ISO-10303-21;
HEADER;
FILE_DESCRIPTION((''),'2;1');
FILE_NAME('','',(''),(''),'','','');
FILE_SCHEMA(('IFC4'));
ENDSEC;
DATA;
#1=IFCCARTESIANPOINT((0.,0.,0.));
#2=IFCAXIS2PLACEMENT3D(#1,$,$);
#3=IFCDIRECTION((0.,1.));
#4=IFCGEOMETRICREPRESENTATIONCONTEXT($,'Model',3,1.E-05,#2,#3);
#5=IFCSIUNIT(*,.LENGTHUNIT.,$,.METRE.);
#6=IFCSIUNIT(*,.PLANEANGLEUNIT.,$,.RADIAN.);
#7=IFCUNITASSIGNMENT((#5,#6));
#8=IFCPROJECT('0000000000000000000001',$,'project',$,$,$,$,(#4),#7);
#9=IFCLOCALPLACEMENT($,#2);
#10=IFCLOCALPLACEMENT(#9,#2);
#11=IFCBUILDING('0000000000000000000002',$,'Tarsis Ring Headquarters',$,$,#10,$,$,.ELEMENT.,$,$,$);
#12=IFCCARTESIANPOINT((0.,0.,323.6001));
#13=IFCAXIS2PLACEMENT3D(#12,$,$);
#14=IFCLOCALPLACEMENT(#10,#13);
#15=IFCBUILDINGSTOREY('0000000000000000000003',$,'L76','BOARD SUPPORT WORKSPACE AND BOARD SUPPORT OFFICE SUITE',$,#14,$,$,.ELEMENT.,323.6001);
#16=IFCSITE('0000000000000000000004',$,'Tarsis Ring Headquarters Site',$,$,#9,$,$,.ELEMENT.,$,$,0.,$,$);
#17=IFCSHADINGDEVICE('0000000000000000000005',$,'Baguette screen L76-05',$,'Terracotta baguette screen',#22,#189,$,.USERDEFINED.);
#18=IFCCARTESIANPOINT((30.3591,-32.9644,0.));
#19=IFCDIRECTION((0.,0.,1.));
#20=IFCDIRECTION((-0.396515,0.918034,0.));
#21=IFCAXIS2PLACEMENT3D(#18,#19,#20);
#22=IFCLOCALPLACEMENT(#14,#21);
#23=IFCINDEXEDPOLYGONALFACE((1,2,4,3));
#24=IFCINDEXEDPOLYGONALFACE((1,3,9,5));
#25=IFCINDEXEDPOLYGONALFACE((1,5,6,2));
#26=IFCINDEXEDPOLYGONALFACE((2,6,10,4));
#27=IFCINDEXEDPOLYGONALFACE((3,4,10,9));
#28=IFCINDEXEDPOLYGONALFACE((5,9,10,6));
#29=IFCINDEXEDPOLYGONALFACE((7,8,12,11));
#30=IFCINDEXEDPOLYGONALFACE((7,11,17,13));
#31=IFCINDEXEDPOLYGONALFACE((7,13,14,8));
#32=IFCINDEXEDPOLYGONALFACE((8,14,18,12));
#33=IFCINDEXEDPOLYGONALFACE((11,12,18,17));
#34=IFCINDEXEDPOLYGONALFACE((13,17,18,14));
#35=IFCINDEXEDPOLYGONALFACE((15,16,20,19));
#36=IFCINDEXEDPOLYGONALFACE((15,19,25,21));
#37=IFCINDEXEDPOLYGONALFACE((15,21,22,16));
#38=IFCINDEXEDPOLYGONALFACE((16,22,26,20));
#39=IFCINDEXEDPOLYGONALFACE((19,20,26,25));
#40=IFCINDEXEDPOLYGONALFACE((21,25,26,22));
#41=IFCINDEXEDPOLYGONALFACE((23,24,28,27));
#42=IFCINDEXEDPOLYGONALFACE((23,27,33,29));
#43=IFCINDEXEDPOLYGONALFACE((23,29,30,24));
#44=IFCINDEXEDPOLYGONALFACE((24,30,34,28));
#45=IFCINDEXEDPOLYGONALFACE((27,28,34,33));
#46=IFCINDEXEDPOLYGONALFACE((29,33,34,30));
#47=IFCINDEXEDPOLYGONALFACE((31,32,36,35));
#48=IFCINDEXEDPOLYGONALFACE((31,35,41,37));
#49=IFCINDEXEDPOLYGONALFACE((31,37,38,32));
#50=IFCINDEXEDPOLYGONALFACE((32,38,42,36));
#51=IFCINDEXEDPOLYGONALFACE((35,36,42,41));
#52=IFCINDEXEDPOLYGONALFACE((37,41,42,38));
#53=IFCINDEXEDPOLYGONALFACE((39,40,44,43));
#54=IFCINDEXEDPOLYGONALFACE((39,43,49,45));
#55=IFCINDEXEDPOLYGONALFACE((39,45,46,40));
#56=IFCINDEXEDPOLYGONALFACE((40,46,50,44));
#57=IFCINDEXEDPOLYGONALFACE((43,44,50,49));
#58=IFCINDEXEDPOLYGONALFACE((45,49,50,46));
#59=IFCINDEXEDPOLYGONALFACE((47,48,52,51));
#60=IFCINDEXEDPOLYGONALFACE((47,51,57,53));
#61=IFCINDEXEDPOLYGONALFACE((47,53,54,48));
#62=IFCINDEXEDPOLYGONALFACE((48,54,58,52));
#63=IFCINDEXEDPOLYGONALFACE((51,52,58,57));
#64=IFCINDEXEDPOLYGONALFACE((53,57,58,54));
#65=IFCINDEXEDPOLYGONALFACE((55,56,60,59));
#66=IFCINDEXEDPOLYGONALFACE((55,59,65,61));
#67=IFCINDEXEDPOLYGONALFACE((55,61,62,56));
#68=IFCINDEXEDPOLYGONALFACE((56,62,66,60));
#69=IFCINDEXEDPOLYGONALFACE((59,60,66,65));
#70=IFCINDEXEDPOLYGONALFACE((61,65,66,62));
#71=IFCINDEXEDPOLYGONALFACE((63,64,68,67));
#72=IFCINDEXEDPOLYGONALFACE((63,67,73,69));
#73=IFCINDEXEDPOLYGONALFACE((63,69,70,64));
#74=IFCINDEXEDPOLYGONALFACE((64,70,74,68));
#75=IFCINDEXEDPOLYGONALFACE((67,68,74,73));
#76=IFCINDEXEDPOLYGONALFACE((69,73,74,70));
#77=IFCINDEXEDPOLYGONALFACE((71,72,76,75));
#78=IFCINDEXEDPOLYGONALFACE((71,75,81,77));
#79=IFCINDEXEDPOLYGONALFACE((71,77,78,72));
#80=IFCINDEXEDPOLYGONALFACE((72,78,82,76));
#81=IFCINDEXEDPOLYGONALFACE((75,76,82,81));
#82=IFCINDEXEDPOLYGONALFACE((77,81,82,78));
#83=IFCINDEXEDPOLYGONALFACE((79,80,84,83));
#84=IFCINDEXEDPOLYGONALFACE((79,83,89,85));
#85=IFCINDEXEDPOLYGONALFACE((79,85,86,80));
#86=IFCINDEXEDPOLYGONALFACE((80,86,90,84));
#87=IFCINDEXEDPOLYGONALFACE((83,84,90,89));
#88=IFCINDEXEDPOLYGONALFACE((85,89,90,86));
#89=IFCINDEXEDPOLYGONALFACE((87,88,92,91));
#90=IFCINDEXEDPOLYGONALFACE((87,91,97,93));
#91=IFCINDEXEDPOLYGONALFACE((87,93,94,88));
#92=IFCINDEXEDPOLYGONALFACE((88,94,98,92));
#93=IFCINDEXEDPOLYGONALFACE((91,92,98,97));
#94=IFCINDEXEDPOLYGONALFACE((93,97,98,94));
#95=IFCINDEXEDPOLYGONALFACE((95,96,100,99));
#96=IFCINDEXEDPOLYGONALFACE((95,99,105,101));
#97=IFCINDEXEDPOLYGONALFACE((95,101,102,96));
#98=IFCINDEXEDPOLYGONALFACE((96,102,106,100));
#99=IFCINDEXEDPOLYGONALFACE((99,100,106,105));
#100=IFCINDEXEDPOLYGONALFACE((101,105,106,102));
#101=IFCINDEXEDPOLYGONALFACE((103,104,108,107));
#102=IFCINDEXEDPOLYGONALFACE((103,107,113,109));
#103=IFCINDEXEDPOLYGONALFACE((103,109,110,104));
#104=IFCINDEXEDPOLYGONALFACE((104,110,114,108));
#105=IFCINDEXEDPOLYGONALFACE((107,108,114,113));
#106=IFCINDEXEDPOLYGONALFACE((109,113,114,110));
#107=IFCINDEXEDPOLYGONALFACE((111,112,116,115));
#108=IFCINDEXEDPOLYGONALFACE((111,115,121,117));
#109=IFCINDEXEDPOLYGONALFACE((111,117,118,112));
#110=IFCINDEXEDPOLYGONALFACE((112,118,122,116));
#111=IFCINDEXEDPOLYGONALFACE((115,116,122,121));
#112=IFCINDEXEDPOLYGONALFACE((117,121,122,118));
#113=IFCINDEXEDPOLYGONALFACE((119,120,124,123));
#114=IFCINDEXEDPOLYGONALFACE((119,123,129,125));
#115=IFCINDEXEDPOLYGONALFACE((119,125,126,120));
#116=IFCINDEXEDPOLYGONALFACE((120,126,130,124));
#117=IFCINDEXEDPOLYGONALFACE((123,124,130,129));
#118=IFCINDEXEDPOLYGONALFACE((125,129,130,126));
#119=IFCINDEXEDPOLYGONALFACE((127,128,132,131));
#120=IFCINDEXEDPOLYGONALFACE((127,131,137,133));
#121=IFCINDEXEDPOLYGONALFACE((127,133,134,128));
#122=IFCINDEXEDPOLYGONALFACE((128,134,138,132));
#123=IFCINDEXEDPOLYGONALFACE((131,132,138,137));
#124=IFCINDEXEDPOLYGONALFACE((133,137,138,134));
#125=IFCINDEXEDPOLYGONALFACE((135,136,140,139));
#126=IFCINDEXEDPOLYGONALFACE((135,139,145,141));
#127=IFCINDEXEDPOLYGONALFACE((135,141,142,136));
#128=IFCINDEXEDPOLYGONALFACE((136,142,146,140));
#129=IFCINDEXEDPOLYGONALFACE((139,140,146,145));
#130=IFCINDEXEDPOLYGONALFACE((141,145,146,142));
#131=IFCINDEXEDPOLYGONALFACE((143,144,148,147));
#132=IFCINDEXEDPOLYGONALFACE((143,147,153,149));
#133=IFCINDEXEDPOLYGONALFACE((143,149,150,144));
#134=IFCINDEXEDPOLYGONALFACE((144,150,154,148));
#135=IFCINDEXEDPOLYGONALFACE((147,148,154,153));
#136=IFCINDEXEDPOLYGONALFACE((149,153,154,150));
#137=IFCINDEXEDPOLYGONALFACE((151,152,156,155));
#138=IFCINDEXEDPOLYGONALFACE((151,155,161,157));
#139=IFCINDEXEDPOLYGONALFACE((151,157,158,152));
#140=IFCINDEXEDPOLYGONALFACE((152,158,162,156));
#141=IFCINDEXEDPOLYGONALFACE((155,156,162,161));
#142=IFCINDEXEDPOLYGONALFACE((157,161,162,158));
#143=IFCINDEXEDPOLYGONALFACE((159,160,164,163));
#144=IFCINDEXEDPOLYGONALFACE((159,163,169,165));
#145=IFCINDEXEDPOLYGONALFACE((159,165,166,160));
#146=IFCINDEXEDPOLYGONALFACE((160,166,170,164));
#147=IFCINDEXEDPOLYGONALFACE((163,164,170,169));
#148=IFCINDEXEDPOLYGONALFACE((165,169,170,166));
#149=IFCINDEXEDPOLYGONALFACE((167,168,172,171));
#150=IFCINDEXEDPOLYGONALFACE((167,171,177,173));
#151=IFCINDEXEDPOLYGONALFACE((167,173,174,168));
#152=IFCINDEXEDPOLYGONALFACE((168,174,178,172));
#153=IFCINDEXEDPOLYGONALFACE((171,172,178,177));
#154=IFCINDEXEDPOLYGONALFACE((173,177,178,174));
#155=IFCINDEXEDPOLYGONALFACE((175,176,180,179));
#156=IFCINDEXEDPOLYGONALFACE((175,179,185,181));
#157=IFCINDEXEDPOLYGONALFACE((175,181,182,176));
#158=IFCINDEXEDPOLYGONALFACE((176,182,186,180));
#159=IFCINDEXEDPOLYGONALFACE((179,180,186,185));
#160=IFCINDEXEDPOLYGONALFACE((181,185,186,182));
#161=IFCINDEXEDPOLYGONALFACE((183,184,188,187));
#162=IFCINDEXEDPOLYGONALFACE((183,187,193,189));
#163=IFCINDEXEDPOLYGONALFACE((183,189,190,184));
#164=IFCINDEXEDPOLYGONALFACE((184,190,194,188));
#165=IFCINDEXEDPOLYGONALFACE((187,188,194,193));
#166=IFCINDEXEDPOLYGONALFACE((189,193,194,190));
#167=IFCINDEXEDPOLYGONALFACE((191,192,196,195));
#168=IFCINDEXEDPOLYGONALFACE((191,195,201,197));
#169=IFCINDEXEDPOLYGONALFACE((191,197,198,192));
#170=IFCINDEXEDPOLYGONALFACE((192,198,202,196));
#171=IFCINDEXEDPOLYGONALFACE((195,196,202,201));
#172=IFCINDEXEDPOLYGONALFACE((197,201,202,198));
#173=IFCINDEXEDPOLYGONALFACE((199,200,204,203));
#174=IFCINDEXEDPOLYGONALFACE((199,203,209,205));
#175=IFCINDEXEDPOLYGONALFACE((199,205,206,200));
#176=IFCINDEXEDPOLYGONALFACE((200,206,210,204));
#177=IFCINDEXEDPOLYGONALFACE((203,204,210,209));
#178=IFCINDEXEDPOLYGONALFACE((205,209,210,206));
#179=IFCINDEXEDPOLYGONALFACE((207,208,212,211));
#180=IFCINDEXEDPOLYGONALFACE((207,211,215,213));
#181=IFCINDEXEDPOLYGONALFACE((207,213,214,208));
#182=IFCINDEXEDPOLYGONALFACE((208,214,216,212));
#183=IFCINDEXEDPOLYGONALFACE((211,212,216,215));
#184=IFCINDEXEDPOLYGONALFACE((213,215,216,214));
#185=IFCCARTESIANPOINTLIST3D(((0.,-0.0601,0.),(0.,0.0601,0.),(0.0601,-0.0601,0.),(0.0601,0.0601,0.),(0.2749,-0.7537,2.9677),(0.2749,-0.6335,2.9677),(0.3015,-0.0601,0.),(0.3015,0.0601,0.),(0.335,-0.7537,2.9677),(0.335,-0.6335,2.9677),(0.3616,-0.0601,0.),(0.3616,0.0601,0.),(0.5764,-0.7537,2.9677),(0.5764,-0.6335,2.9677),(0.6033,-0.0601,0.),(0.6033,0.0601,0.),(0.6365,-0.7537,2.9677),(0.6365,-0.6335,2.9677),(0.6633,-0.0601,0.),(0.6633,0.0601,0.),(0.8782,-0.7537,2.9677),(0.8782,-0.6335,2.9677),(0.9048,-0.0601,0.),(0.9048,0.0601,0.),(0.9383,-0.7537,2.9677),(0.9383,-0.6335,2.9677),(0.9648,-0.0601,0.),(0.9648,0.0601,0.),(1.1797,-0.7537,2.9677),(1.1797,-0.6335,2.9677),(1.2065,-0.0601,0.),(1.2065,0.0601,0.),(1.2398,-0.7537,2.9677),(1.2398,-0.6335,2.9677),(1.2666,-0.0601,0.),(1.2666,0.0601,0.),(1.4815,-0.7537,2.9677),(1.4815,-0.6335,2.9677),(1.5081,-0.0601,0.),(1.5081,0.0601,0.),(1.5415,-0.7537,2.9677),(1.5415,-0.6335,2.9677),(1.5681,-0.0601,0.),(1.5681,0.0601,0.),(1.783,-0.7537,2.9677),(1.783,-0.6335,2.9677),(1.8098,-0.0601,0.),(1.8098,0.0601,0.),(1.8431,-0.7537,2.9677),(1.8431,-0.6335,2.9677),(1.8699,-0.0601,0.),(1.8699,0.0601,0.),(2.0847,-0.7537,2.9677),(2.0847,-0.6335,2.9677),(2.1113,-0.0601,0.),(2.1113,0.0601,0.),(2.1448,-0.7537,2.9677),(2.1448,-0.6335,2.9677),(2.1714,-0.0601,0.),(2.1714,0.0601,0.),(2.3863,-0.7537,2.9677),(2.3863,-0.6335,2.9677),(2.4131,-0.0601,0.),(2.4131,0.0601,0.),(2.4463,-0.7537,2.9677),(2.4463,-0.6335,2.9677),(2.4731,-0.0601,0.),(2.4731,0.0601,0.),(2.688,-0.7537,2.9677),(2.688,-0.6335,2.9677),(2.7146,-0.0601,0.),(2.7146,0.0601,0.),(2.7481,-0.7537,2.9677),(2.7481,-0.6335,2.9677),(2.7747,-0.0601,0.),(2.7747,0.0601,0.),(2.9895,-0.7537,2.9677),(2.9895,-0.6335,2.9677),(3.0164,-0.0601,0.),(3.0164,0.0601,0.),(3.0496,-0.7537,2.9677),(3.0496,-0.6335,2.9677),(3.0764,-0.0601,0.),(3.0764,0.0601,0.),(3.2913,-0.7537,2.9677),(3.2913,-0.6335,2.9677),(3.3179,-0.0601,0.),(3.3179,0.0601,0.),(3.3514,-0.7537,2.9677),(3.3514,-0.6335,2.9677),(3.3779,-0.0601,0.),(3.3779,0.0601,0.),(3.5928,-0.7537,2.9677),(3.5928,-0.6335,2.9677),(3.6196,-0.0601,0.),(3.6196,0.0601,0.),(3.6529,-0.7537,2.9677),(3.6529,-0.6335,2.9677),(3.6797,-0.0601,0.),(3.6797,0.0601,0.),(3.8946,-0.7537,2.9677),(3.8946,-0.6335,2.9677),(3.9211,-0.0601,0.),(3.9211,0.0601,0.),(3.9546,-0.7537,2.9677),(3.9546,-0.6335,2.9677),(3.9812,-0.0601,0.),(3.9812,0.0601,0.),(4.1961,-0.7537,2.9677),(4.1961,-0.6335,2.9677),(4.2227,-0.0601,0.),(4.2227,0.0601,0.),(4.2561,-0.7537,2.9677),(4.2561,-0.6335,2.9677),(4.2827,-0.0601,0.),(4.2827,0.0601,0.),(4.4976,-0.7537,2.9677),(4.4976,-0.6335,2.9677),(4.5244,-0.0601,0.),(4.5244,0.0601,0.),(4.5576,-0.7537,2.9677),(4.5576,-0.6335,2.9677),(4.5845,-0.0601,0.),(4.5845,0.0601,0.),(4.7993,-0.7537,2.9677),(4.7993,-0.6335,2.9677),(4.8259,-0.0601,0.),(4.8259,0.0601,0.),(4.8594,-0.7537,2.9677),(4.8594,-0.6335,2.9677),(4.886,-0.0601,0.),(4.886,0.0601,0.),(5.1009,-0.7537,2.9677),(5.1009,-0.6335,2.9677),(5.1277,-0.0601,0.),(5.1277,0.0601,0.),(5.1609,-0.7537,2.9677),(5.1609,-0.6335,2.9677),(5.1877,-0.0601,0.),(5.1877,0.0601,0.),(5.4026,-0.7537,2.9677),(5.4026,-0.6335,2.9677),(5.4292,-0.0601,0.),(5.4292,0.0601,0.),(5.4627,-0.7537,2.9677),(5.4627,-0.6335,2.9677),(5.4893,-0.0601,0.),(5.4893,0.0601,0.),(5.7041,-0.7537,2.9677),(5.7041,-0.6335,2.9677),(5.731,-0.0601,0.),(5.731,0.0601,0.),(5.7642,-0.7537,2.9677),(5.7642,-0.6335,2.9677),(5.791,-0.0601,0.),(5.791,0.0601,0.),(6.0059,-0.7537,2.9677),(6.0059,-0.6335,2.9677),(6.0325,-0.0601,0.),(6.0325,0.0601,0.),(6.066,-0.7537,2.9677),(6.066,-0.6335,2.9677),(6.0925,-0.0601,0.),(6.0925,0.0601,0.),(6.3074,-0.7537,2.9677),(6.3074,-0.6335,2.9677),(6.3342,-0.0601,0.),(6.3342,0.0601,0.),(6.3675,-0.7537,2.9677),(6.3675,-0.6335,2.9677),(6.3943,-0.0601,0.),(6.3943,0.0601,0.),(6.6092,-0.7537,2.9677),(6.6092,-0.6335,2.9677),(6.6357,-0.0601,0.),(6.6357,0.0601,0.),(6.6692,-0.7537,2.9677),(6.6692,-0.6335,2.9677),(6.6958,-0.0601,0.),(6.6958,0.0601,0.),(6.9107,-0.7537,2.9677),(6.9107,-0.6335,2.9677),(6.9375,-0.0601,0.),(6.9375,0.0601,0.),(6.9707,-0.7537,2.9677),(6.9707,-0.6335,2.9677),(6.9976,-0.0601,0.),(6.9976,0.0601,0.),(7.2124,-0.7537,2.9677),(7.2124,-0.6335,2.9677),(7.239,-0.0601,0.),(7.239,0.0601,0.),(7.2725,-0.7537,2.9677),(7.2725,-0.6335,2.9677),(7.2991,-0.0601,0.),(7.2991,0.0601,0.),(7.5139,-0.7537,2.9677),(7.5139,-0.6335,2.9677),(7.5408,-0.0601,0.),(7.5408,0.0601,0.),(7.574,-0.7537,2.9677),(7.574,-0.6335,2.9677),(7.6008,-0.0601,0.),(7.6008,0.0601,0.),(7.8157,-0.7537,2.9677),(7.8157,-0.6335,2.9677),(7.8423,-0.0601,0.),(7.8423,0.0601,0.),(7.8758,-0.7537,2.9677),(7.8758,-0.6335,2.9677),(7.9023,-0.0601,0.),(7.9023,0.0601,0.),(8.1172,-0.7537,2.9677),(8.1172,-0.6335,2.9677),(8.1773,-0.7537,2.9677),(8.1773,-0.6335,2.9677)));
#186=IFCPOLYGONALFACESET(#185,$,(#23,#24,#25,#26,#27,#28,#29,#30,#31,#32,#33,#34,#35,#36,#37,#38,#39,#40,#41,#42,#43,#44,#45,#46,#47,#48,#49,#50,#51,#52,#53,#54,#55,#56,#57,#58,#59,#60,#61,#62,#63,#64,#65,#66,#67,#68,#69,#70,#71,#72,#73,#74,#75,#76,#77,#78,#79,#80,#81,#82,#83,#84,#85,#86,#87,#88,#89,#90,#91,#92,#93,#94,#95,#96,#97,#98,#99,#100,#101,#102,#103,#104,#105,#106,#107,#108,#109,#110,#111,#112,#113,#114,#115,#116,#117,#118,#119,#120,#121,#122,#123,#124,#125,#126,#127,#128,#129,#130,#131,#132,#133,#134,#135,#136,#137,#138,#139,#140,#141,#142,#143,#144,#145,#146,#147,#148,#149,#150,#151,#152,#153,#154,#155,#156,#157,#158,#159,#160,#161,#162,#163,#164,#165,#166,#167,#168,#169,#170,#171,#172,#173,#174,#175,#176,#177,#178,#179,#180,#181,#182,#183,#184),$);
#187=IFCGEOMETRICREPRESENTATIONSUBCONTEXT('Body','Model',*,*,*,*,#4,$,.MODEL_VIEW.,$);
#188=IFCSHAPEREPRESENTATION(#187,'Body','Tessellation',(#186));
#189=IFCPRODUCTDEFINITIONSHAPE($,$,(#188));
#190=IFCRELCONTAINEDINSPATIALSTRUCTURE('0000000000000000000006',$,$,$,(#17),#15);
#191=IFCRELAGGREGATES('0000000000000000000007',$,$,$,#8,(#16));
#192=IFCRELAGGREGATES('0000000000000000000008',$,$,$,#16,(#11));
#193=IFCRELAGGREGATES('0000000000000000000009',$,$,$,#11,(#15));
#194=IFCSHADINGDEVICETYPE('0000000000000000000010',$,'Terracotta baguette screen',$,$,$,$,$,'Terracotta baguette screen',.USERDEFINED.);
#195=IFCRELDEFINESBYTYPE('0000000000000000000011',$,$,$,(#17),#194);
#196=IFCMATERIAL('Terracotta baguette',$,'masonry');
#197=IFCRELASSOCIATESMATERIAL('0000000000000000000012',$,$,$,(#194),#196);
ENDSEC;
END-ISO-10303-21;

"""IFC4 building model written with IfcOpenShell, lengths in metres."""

from ifc_helpers import new_model, si_unit, direction, frame, frame_2d, origin, place, context, subcontext, project, spatial, rectangle, composite_profile, extrude, material, type_object, element, save


model = new_model("IFC4")

# Units and contexts
model_context = context("Model", 3, precision=1e-05, world=origin(), true_north=direction((0.0, 1.0)))
body_context = subcontext(model_context, "Body", "Model", "MODEL_VIEW")
ifc_project = project(units=[si_unit("LENGTHUNIT", "METRE"), si_unit("PLANEANGLEUNIT", "RADIAN")], contexts=[model_context])

# Site, building, storey
site_placement = place(None, origin())
site = spatial("IfcSite", under=ifc_project, at=site_placement, Name="Tarsis Ring Headquarters Site", CompositionType="ELEMENT", RefElevation=0.0)
building_placement = place(site_placement, origin())
building = spatial("IfcBuilding", under=site, at=building_placement, Name="Tarsis Ring Headquarters", CompositionType="ELEMENT")
storey_placement = place(building_placement, frame((0.0, 0.0, 323.6001)))
storey = spatial("IfcBuildingStorey", under=building, at=storey_placement, Name="L76", Description="BOARD SUPPORT WORKSPACE AND BOARD SUPPORT OFFICE SUITE", CompositionType="ELEMENT", Elevation=323.6001)

# Shading device
ifc_material_1 = material(Name="Terracotta baguette", Category="masonry")
shading_device_type_1 = type_object("IfcShadingDeviceType", Name="Terracotta baguette screen", ElementType="Terracotta baguette screen", PredefinedType="USERDEFINED", material=ifc_material_1)
shading_device_1_placement = place(storey_placement, frame((30.3591, -32.9644, 0.0), z_axis=(0.0, 0.0, 1.0), x_axis=(-0.396515, 0.918034, 0.0)))
element("IfcShadingDevice", 1, at=shading_device_1_placement, inside=storey, type_object=shading_device_type_1, Name="Baguette screen L76-05", ObjectType="Terracotta baguette screen", PredefinedType="USERDEFINED", context=body_context, shape_type="SweptSolid", body=[
    extrude(composite_profile([rectangle(XDim=0.0601, YDim=0.1201, at=frame_2d((0.03, 0.0))), rectangle(XDim=0.0601, YDim=0.1201, at=frame_2d((0.3315, 0.0))), rectangle(XDim=0.0601, YDim=0.1201, at=frame_2d((0.6333, 0.0))), rectangle(XDim=0.0601, YDim=0.1201, at=frame_2d((0.9348, 0.0))), rectangle(XDim=0.0601, YDim=0.1201, at=frame_2d((1.2366, 0.0))), rectangle(XDim=0.0601, YDim=0.1201, at=frame_2d((1.5381, 0.0))), rectangle(XDim=0.0601, YDim=0.1201, at=frame_2d((1.8398, 0.0))), rectangle(XDim=0.0601, YDim=0.1201, at=frame_2d((2.1414, 0.0))), rectangle(XDim=0.0601, YDim=0.1201, at=frame_2d((2.4431, 0.0))), rectangle(XDim=0.0601, YDim=0.1201, at=frame_2d((2.7446, 0.0))), rectangle(XDim=0.0601, YDim=0.1201, at=frame_2d((3.0464, 0.0))), rectangle(XDim=0.0601, YDim=0.1201, at=frame_2d((3.3479, 0.0))), rectangle(XDim=0.0601, YDim=0.1201, at=frame_2d((3.6497, 0.0))), rectangle(XDim=0.0601, YDim=0.1201, at=frame_2d((3.9512, 0.0))), rectangle(XDim=0.0601, YDim=0.1201, at=frame_2d((4.2527, 0.0))), rectangle(XDim=0.0601, YDim=0.1201, at=frame_2d((4.5544, 0.0))), rectangle(XDim=0.0601, YDim=0.1201, at=frame_2d((4.856, 0.0))), rectangle(XDim=0.0601, YDim=0.1201, at=frame_2d((5.1577, 0.0))), rectangle(XDim=0.0601, YDim=0.1201, at=frame_2d((5.4592, 0.0))), rectangle(XDim=0.0601, YDim=0.1201, at=frame_2d((5.761, 0.0))), rectangle(XDim=0.0601, YDim=0.1201, at=frame_2d((6.0625, 0.0))), rectangle(XDim=0.0601, YDim=0.1201, at=frame_2d((6.3643, 0.0))), rectangle(XDim=0.0601, YDim=0.1201, at=frame_2d((6.6658, 0.0))), rectangle(XDim=0.0601, YDim=0.1201, at=frame_2d((6.9675, 0.0))), rectangle(XDim=0.0601, YDim=0.1201, at=frame_2d((7.269, 0.0))), rectangle(XDim=0.0601, YDim=0.1201, at=frame_2d((7.5708, 0.0))), rectangle(XDim=0.0601, YDim=0.1201, at=frame_2d((7.8723, 0.0)))]), origin(), (0.089846, -0.226662, 0.96982), 3.0601),
])

save(model, "model.ifc")
